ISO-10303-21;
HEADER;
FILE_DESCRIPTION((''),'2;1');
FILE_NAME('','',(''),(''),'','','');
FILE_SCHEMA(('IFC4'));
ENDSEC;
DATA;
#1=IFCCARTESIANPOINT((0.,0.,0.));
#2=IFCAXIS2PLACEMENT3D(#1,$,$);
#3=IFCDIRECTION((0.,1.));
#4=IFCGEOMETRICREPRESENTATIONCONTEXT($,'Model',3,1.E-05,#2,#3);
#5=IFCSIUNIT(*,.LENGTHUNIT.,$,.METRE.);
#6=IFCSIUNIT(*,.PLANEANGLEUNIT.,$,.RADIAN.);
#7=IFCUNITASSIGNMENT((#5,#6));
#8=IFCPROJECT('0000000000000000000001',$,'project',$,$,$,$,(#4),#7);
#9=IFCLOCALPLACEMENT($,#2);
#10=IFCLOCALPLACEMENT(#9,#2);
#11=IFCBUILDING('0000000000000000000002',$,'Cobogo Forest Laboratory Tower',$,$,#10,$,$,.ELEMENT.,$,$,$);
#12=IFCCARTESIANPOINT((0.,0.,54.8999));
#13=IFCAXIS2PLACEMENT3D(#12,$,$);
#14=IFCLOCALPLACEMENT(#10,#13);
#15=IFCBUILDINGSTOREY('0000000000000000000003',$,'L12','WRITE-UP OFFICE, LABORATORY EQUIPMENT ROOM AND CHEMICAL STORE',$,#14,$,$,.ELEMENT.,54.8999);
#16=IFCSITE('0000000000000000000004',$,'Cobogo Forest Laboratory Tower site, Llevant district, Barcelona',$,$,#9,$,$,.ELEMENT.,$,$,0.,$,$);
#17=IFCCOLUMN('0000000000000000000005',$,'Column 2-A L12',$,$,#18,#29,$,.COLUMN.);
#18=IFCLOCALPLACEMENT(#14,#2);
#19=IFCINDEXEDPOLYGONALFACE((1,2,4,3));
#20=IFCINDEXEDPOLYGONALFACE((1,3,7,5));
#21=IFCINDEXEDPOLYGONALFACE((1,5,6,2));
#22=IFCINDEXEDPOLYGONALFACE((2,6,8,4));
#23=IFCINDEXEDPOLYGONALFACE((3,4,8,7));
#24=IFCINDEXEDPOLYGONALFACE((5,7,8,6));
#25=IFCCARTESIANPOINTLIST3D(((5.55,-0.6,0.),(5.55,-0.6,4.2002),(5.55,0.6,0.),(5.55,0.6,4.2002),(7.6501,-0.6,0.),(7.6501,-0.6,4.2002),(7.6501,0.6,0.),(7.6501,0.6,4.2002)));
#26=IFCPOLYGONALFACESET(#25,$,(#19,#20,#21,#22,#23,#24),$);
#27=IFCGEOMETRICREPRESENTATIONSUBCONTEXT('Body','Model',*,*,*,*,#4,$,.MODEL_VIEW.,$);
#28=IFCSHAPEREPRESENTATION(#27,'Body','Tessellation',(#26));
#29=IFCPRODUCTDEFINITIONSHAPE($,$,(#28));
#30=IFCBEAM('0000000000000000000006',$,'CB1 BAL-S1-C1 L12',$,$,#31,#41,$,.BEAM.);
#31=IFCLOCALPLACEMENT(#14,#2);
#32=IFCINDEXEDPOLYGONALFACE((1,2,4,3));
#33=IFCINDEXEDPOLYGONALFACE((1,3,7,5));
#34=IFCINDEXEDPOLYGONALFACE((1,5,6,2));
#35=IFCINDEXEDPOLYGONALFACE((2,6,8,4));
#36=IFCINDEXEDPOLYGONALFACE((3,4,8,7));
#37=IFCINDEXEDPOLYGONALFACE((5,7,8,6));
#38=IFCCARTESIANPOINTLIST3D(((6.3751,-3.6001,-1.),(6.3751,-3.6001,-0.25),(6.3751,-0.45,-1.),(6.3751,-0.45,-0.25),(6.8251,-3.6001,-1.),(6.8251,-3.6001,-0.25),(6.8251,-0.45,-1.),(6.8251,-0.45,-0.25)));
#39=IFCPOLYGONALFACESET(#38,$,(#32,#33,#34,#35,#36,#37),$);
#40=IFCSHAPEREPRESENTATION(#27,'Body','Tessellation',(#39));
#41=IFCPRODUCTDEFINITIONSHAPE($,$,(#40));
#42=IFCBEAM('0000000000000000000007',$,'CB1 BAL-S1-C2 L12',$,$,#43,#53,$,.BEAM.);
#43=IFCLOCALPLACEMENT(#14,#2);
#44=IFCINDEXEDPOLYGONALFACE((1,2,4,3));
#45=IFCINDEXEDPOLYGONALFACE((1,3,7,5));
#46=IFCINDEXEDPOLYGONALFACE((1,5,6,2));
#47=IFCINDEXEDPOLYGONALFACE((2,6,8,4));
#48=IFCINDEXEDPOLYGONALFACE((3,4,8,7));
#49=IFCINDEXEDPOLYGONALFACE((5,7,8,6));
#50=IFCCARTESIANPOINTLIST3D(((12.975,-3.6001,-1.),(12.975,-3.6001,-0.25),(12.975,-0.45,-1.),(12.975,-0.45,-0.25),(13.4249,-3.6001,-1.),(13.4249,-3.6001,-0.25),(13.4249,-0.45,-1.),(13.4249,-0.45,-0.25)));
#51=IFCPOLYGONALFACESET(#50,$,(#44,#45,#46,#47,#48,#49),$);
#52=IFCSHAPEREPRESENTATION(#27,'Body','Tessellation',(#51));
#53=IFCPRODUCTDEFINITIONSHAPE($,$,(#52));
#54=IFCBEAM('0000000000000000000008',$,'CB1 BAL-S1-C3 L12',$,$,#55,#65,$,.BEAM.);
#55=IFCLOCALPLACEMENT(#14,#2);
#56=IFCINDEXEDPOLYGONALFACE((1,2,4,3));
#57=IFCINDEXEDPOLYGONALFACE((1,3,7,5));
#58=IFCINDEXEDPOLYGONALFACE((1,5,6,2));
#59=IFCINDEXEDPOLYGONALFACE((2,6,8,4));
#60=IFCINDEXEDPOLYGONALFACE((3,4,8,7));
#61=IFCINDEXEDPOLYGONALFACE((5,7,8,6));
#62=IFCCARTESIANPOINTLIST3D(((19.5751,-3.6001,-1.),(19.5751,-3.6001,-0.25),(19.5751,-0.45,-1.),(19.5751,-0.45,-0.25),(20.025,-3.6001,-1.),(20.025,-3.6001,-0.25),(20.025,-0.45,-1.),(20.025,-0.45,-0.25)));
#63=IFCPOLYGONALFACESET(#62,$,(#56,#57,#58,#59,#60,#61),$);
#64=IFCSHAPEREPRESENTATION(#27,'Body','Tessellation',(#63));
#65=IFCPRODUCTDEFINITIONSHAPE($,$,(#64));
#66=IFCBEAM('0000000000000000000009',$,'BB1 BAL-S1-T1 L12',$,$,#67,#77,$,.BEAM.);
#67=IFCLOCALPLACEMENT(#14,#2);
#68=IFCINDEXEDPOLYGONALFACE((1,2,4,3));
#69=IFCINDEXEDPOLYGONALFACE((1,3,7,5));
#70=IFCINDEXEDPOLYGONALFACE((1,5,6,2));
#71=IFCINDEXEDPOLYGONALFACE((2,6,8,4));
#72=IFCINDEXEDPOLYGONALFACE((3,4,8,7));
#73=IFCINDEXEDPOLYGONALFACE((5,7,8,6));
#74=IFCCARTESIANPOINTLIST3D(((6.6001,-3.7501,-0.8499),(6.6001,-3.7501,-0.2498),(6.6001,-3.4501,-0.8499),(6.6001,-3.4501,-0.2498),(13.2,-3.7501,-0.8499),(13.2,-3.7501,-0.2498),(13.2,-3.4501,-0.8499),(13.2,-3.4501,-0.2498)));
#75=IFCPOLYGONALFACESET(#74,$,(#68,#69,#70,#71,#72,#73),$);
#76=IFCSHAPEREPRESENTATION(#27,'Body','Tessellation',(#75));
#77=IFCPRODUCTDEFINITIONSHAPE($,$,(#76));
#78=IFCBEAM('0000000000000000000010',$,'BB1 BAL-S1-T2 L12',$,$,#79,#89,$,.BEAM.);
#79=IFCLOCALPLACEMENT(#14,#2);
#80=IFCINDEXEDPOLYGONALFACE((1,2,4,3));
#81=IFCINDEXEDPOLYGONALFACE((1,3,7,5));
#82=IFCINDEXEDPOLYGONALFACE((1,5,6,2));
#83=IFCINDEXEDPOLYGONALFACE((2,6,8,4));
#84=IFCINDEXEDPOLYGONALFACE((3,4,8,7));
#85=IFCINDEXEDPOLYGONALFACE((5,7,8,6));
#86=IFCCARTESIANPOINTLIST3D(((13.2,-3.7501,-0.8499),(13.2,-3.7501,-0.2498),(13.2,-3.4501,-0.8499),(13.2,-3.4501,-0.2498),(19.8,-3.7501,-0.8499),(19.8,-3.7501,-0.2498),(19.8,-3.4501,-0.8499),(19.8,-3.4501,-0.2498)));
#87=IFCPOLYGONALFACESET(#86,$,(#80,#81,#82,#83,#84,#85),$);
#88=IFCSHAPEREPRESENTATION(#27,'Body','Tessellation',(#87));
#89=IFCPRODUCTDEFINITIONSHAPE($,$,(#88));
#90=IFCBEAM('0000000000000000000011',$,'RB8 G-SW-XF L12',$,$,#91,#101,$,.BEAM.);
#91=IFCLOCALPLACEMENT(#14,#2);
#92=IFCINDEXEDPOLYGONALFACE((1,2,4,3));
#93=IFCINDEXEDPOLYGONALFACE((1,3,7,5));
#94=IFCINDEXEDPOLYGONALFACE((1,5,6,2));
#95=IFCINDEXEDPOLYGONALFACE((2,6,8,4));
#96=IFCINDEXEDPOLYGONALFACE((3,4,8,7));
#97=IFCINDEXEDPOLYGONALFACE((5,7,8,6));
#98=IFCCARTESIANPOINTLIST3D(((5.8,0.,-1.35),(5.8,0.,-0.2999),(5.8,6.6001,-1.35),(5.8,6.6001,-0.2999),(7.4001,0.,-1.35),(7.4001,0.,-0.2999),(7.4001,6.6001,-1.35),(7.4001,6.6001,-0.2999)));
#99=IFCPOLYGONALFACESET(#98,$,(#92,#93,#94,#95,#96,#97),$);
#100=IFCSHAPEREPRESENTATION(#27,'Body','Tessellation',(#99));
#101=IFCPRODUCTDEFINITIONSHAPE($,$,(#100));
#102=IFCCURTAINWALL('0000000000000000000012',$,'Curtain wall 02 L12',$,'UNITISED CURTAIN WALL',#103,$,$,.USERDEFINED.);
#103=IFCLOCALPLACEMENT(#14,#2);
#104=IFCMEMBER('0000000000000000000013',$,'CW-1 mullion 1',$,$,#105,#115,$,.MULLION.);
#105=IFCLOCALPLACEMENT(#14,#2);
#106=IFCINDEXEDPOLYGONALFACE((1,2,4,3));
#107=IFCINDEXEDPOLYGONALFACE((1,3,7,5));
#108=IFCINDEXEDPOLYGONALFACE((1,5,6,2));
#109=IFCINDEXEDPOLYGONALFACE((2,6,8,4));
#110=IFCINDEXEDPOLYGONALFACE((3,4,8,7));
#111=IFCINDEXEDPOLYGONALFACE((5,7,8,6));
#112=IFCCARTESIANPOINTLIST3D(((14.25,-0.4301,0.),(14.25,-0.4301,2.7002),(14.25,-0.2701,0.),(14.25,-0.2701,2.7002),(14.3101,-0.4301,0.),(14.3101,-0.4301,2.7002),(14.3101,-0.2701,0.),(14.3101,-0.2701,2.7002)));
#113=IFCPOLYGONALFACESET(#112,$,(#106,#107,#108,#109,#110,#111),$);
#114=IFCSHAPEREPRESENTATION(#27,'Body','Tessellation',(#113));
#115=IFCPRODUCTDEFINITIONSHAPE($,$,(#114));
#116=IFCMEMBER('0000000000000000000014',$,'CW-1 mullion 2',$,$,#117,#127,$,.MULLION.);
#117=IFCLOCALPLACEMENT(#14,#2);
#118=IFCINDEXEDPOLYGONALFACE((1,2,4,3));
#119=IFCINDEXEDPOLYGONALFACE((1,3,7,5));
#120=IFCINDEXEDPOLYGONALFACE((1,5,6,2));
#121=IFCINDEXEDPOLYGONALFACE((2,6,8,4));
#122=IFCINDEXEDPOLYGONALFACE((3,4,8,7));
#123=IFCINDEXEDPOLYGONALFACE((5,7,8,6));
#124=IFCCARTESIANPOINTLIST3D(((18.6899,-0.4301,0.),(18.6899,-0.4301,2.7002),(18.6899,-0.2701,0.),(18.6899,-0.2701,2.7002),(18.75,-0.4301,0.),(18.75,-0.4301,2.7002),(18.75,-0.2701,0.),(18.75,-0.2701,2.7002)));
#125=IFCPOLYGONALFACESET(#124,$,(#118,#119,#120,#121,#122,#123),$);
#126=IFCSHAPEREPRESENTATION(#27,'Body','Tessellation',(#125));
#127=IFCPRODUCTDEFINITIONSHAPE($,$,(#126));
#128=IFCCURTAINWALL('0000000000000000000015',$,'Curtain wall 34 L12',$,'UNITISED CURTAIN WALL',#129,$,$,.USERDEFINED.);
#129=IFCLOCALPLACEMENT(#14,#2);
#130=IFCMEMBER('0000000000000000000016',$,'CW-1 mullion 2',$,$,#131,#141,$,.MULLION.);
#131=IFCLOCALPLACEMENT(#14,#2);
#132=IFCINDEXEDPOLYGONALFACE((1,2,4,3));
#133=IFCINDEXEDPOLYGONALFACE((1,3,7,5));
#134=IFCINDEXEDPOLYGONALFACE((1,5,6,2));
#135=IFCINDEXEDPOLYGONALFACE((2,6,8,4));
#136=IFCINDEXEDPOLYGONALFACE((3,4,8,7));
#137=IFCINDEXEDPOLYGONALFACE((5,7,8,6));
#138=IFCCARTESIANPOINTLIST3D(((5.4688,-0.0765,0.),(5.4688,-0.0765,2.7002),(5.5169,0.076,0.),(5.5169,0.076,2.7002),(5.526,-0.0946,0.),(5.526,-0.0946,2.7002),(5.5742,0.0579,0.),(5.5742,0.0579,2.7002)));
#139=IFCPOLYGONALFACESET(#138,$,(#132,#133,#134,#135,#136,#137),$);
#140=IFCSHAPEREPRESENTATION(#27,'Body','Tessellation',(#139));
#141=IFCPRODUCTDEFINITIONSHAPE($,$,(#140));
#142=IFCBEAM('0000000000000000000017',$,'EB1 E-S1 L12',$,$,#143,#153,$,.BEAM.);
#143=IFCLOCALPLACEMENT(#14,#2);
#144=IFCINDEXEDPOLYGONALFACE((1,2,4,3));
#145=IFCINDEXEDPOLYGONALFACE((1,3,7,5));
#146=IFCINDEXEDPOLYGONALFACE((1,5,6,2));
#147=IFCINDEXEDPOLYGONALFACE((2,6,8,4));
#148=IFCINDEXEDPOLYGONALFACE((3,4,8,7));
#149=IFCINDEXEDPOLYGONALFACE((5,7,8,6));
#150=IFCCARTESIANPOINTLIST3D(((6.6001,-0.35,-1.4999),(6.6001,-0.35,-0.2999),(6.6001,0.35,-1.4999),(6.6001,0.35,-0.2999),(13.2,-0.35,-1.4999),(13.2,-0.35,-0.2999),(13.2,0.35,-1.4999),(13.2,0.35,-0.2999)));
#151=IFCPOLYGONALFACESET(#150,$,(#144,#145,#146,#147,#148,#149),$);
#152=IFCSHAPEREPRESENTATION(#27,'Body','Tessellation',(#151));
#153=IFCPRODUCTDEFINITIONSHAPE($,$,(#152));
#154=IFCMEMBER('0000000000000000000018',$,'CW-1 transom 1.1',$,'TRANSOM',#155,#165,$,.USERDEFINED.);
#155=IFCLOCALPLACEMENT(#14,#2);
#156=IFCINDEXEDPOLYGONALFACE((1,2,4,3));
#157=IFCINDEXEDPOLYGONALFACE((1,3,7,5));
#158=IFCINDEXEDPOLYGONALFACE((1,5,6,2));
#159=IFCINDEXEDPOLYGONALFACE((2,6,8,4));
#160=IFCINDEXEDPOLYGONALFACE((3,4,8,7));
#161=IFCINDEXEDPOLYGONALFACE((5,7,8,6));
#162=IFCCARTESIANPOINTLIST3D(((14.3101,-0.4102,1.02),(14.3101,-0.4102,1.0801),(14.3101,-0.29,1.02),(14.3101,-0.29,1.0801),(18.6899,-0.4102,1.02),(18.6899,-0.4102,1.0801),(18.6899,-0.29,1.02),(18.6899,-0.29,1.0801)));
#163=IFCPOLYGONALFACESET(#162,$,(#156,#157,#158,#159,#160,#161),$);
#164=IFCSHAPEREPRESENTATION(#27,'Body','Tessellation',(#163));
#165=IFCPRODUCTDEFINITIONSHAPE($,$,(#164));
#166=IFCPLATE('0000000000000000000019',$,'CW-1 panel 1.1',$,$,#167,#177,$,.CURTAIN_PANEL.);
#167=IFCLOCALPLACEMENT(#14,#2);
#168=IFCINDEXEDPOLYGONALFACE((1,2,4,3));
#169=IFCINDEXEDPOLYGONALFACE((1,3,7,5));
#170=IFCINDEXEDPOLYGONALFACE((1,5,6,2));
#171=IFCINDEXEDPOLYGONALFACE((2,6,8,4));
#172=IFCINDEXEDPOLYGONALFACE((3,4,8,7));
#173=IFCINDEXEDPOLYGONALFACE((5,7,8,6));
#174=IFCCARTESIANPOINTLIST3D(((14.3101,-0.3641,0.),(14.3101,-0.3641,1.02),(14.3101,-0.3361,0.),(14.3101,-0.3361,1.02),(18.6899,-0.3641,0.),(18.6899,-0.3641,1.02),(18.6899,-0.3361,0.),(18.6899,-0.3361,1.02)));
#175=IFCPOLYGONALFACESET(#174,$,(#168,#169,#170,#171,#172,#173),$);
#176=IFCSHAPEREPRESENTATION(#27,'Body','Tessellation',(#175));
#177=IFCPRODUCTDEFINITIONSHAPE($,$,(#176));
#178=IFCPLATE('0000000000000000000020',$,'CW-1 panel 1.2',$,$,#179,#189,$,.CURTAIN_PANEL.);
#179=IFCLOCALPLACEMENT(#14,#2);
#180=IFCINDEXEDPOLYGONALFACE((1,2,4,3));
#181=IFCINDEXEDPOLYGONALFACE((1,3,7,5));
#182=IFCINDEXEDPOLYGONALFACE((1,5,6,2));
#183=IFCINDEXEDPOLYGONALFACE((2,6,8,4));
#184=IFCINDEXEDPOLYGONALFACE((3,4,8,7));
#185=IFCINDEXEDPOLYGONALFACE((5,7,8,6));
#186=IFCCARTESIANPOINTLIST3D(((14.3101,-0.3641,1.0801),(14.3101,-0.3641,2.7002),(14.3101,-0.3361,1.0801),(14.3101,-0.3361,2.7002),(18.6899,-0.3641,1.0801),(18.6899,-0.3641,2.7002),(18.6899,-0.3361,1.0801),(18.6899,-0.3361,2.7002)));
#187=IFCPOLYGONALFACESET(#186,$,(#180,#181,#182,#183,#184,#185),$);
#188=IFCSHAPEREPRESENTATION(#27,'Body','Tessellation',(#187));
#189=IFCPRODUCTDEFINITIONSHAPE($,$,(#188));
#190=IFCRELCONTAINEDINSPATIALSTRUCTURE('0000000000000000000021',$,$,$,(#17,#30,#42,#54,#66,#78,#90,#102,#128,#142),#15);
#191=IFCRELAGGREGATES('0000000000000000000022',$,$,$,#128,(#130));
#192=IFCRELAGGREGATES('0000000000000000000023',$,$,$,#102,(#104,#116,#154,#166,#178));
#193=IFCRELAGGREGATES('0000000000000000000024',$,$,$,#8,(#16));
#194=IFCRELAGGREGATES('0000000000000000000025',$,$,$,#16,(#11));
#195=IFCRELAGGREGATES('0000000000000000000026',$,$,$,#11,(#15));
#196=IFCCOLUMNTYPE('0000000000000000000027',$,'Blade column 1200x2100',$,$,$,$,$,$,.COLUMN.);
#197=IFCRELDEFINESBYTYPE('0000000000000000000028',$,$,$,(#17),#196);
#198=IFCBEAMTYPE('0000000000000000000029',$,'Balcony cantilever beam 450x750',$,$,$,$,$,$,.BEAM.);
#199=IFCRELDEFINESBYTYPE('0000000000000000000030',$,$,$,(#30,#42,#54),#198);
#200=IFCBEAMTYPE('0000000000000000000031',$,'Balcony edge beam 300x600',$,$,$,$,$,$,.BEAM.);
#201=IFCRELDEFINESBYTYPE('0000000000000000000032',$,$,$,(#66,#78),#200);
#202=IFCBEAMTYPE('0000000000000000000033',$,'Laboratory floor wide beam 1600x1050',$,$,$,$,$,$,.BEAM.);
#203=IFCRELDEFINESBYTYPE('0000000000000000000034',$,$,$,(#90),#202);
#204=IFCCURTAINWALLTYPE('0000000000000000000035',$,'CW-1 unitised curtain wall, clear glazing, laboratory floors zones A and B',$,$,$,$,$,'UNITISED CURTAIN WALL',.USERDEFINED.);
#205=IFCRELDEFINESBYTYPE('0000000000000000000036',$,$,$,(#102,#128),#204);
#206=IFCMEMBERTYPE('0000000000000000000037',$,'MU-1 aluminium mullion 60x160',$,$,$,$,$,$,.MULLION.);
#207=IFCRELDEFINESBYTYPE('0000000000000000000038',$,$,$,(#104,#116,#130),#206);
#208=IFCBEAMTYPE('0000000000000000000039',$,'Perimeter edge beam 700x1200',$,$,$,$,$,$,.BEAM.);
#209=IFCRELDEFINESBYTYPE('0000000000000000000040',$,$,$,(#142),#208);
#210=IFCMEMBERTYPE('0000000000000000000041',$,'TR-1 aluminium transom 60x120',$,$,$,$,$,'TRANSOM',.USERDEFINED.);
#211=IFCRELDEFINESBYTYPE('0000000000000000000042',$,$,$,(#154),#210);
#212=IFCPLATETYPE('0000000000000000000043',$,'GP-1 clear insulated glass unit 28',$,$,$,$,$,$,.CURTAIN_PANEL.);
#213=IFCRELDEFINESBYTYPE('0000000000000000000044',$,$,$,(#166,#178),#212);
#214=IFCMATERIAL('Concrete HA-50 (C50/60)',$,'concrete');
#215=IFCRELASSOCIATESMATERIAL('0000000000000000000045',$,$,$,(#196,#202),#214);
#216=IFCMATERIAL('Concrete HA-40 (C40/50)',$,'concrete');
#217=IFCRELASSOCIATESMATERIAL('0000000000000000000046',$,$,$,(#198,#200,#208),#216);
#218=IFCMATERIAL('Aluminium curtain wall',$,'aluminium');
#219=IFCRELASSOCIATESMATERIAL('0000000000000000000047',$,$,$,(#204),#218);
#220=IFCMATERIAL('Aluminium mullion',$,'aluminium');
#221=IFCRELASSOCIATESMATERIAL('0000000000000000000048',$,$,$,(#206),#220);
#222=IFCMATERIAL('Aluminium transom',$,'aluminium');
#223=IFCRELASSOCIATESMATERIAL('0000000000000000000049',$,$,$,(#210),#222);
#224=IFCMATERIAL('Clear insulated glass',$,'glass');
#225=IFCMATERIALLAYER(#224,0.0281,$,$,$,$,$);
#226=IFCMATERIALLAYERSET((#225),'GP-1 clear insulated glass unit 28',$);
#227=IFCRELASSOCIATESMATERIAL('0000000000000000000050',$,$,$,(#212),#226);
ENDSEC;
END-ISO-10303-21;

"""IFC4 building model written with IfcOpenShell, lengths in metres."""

from ifc_helpers import new_model, si_unit, direction, frame, origin, origin_2d, place, context, subcontext, project, spatial, rectangle, extrude, material, layer, layer_set, material_profile, profile_set, type_object, element, aggregate, save


model = new_model("IFC4")

# Units and contexts
model_context = context("Model", 3, precision=1e-05, world=origin(), true_north=direction((0.0, 1.0)))
body_context = subcontext(model_context, "Body", "Model", "MODEL_VIEW")
ifc_project = project(units=[si_unit("LENGTHUNIT", "METRE"), si_unit("PLANEANGLEUNIT", "RADIAN")], contexts=[model_context])

# Site, building, storey
site_placement = place(None, origin())
site = spatial("IfcSite", under=ifc_project, at=site_placement, Name="Cobogo Forest Laboratory Tower site, Llevant district, Barcelona", CompositionType="ELEMENT", RefElevation=0.0)
building_placement = place(site_placement, origin())
building = spatial("IfcBuilding", under=site, at=building_placement, Name="Cobogo Forest Laboratory Tower", CompositionType="ELEMENT")
storey_placement = place(building_placement, frame((0.0, 0.0, 54.8999)))
storey = spatial("IfcBuildingStorey", under=building, at=storey_placement, Name="L12", Description="WRITE-UP OFFICE, LABORATORY EQUIPMENT ROOM AND CHEMICAL STORE", CompositionType="ELEMENT", Elevation=54.8999)

# Column
ifc_material_1 = material(Name="Concrete HA-50 (C50/60)", Category="concrete")
ifc_material_profile_1 = material_profile(ifc_material_1, rectangle(XDim=2.1001, YDim=1.2, at=origin_2d()), Name="RC 1200x2100")
ifc_profile_set_1 = profile_set([ifc_material_profile_1], Name="Concrete HA-50 (C50/60)")
column_type = type_object("IfcColumnType", Name="Blade column 1200x2100", PredefinedType="COLUMN", material=ifc_profile_set_1)
column_placement = place(storey_placement, frame((6.6001, 0.0, 0.0), z_axis=(0.0, 0.0, 1.0), x_axis=(1.0, 0.0, 0.0)))
element("IfcColumn", 1, at=column_placement, inside=storey, type_object=column_type, Name="Column 2-A L12", PredefinedType="COLUMN", context=body_context, shape_type="SweptSolid", body=[
    extrude(rectangle(XDim=2.1001, YDim=1.2, at=origin_2d()), origin(), (0.0, 0.0, 1.0), 4.2002),
])

# Beams
ifc_material_2 = material(Name="Concrete HA-40 (C40/50)", Category="concrete")
ifc_material_profile_2 = material_profile(ifc_material_2, rectangle(XDim=0.45, YDim=0.75, at=origin_2d()), Name="RC 450x750")
ifc_profile_set_2 = profile_set([ifc_material_profile_2], Name="Concrete HA-40 (C40/50)")
beam_type_1 = type_object("IfcBeamType", Name="Balcony cantilever beam 450x750", PredefinedType="BEAM", material=ifc_profile_set_2)
for number, where, z_axis, x_axis, name in (
    (2, (6.6001, -0.45, -0.625), (0.0, -1.0, 0.0), (1.0, 0.0, 0.0), "CB1 BAL-S1-C1 L12"),
    (3, (13.2, -0.45, -0.625), (0.0, -1.0, 0.0), (1.0, 0.0, 0.0), "CB1 BAL-S1-C2 L12"),
    (4, (19.8, -0.45, -0.625), (0.0, -1.0, 0.0), (1.0, 0.0, 0.0), "CB1 BAL-S1-C3 L12"),
):
    element("IfcBeam", number, at=place(storey_placement, frame(where, z_axis=z_axis, x_axis=x_axis)), inside=storey, type_object=beam_type_1, Name=name, PredefinedType="BEAM", context=body_context, shape_type="SweptSolid", body=[
        extrude(rectangle(XDim=0.45, YDim=0.75, at=origin_2d()), origin(), (0.0, 0.0, 1.0), 3.1501),
    ])
ifc_material_profile_3 = material_profile(ifc_material_2, rectangle(XDim=0.3, YDim=0.6001, at=origin_2d()), Name="RC 300x600")
ifc_profile_set_3 = profile_set([ifc_material_profile_3], Name="Concrete HA-40 (C40/50)")
beam_type_2 = type_object("IfcBeamType", Name="Balcony edge beam 300x600", PredefinedType="BEAM", material=ifc_profile_set_3)
beam_1_placement = place(storey_placement, frame((6.6001, -3.6001, -0.5498), z_axis=(1.0, 0.0, 0.0), x_axis=(0.0, 1.0, 0.0)))
element("IfcBeam", 5, at=beam_1_placement, inside=storey, type_object=beam_type_2, Name="BB1 BAL-S1-T1 L12", PredefinedType="BEAM", context=body_context, shape_type="SweptSolid", body=[
    extrude(rectangle(XDim=0.3, YDim=0.6001, at=origin_2d()), origin(), (0.0, 0.0, 1.0), 6.5999),
])
beam_2_placement = place(storey_placement, frame((13.2, -3.6001, -0.5498), z_axis=(1.0, 0.0, 0.0), x_axis=(0.0, 1.0, 0.0)))
element("IfcBeam", 6, at=beam_2_placement, inside=storey, type_object=beam_type_2, Name="BB1 BAL-S1-T2 L12", PredefinedType="BEAM", context=body_context, shape_type="SweptSolid", body=[
    extrude(rectangle(XDim=0.3, YDim=0.6001, at=origin_2d()), origin(), (0.0, 0.0, 1.0), 6.6001),
])
ifc_material_profile_4 = material_profile(ifc_material_1, rectangle(XDim=1.6001, YDim=1.05, at=origin_2d()), Name="RC 1600x1050")
ifc_profile_set_4 = profile_set([ifc_material_profile_4], Name="Concrete HA-50 (C50/60)")
beam_type_3 = type_object("IfcBeamType", Name="Laboratory floor wide beam 1600x1050", PredefinedType="BEAM", material=ifc_profile_set_4)
beam_3_placement = place(storey_placement, frame((6.6001, 0.0, -0.825), z_axis=(0.0, 1.0, 0.0), x_axis=(-1.0, 0.0, 0.0)))
element("IfcBeam", 7, at=beam_3_placement, inside=storey, type_object=beam_type_3, Name="RB8 G-SW-XF L12", PredefinedType="BEAM", context=body_context, shape_type="SweptSolid", body=[
    extrude(rectangle(XDim=1.6001, YDim=1.05, at=origin_2d()), origin(), (0.0, 0.0, 1.0), 6.6001),
])

# Curtain wall, members
ifc_material_3 = material(Name="Aluminium curtain wall", Category="aluminium")
curtain_wall_type = type_object("IfcCurtainWallType", Name="CW-1 unitised curtain wall, clear glazing, laboratory floors zones A and B", ElementType="UNITISED CURTAIN WALL", PredefinedType="USERDEFINED", material=ifc_material_3)
curtain_wall_1_placement = place(storey_placement, origin())
curtain_wall_1 = element("IfcCurtainWall", 8, at=curtain_wall_1_placement, inside=storey, type_object=curtain_wall_type, Name="Curtain wall 02 L12", ObjectType="UNITISED CURTAIN WALL", PredefinedType="USERDEFINED")
ifc_material_4 = material(Name="Aluminium mullion", Category="aluminium")
ifc_material_profile_5 = material_profile(ifc_material_4, rectangle(XDim=0.0601, YDim=0.1599, at=origin_2d()), Name="AL 60x160")
ifc_profile_set_5 = profile_set([ifc_material_profile_5], Name="Aluminium mullion")
member_type_1 = type_object("IfcMemberType", Name="MU-1 aluminium mullion 60x160", PredefinedType="MULLION", material=ifc_profile_set_5)
member_1_placement = place(storey_placement, frame((14.28, -0.3501, 0.0), z_axis=(0.0, 0.0, 1.0), x_axis=(1.0, 0.0, 0.0)))
member_1 = element("IfcMember", 9, at=member_1_placement, type_object=member_type_1, Name="CW-1 mullion 1", PredefinedType="MULLION", context=body_context, shape_type="SweptSolid", body=[
    extrude(rectangle(XDim=0.0601, YDim=0.1599, at=origin_2d()), origin(), (0.0, 0.0, 1.0), 2.7002),
])
member_2_placement = place(storey_placement, frame((18.72, -0.3501, 0.0), z_axis=(0.0, 0.0, 1.0), x_axis=(1.0, 0.0, 0.0)))
member_2 = element("IfcMember", 10, at=member_2_placement, type_object=member_type_1, Name="CW-1 mullion 2", PredefinedType="MULLION", context=body_context, shape_type="SweptSolid", body=[
    extrude(rectangle(XDim=0.0601, YDim=0.1599, at=origin_2d()), origin(), (0.0, 0.0, 1.0), 2.7002),
])

# Curtain wall, member
curtain_wall_2_placement = place(storey_placement, origin())
curtain_wall_2 = element("IfcCurtainWall", 11, at=curtain_wall_2_placement, inside=storey, type_object=curtain_wall_type, Name="Curtain wall 34 L12", ObjectType="UNITISED CURTAIN WALL", PredefinedType="USERDEFINED")
member_3_placement = place(storey_placement, frame((5.5215, -0.0093, 0.0), z_axis=(0.0, 0.0, 1.0), x_axis=(0.953582, -0.301135, 0.0)))
member_3 = element("IfcMember", 12, at=member_3_placement, type_object=member_type_1, Name="CW-1 mullion 2", PredefinedType="MULLION", context=body_context, shape_type="SweptSolid", body=[
    extrude(rectangle(XDim=0.0601, YDim=0.1599, at=origin_2d()), origin(), (0.0, 0.0, 1.0), 2.7002),
])
aggregate(curtain_wall_2, [member_3])

# Beam
ifc_material_profile_6 = material_profile(ifc_material_2, rectangle(XDim=0.7, YDim=1.2, at=origin_2d()), Name="RC 700x1200")
ifc_profile_set_6 = profile_set([ifc_material_profile_6], Name="Concrete HA-40 (C40/50)")
beam_type_4 = type_object("IfcBeamType", Name="Perimeter edge beam 700x1200", PredefinedType="BEAM", material=ifc_profile_set_6)
beam_4_placement = place(storey_placement, frame((6.6001, 0.0, -0.8999), z_axis=(1.0, 0.0, 0.0), x_axis=(0.0, 1.0, 0.0)))
element("IfcBeam", 13, at=beam_4_placement, inside=storey, type_object=beam_type_4, Name="EB1 E-S1 L12", PredefinedType="BEAM", context=body_context, shape_type="SweptSolid", body=[
    extrude(rectangle(XDim=0.7, YDim=1.2, at=origin_2d()), origin(), (0.0, 0.0, 1.0), 6.5999),
])

# Member
ifc_material_5 = material(Name="Aluminium transom", Category="aluminium")
ifc_material_profile_7 = material_profile(ifc_material_5, rectangle(XDim=0.1201, YDim=0.0601, at=origin_2d()), Name="AL 60x120")
ifc_profile_set_7 = profile_set([ifc_material_profile_7], Name="Aluminium transom")
member_type_2 = type_object("IfcMemberType", Name="TR-1 aluminium transom 60x120", ElementType="TRANSOM", PredefinedType="USERDEFINED", material=ifc_profile_set_7)
member_4_placement = place(storey_placement, frame((14.3101, -0.3501, 1.05), z_axis=(1.0, 0.0, 0.0), x_axis=(0.0, 1.0, 0.0)))
member_4 = element("IfcMember", 14, at=member_4_placement, type_object=member_type_2, Name="CW-1 transom 1.1", ObjectType="TRANSOM", PredefinedType="USERDEFINED", context=body_context, shape_type="SweptSolid", body=[
    extrude(rectangle(XDim=0.1201, YDim=0.0601, at=origin_2d()), origin(), (0.0, 0.0, 1.0), 4.3799),
])

# Plates
ifc_material_6 = material(Name="Clear insulated glass", Category="glass")
ifc_layer_1 = layer(ifc_material_6, 0.0281)
ifc_layer_set_1 = layer_set([ifc_layer_1], Name="GP-1 clear insulated glass unit 28")
plate_type = type_object("IfcPlateType", Name="GP-1 clear insulated glass unit 28", PredefinedType="CURTAIN_PANEL", material=ifc_layer_set_1)
plate_1_placement = place(storey_placement, frame((16.5, -0.3501, 0.0), z_axis=(0.0, 0.0, 1.0), x_axis=(1.0, 0.0, 0.0)))
plate_1 = element("IfcPlate", 15, at=plate_1_placement, type_object=plate_type, Name="CW-1 panel 1.1", PredefinedType="CURTAIN_PANEL", context=body_context, shape_type="SweptSolid", body=[
    extrude(rectangle(XDim=4.3799, YDim=0.0281, at=origin_2d()), origin(), (0.0, 0.0, 1.0), 1.02),
])
plate_2_placement = place(storey_placement, frame((16.5, -0.3501, 1.0801), z_axis=(0.0, 0.0, 1.0), x_axis=(1.0, 0.0, 0.0)))
plate_2 = element("IfcPlate", 16, at=plate_2_placement, type_object=plate_type, Name="CW-1 panel 1.2", PredefinedType="CURTAIN_PANEL", context=body_context, shape_type="SweptSolid", body=[
    extrude(rectangle(XDim=4.3799, YDim=0.0281, at=origin_2d()), origin(), (0.0, 0.0, 1.0), 1.6201),
])
aggregate(curtain_wall_1, [member_1, member_2, member_4, plate_1, plate_2])

save(model, "model.ifc")
